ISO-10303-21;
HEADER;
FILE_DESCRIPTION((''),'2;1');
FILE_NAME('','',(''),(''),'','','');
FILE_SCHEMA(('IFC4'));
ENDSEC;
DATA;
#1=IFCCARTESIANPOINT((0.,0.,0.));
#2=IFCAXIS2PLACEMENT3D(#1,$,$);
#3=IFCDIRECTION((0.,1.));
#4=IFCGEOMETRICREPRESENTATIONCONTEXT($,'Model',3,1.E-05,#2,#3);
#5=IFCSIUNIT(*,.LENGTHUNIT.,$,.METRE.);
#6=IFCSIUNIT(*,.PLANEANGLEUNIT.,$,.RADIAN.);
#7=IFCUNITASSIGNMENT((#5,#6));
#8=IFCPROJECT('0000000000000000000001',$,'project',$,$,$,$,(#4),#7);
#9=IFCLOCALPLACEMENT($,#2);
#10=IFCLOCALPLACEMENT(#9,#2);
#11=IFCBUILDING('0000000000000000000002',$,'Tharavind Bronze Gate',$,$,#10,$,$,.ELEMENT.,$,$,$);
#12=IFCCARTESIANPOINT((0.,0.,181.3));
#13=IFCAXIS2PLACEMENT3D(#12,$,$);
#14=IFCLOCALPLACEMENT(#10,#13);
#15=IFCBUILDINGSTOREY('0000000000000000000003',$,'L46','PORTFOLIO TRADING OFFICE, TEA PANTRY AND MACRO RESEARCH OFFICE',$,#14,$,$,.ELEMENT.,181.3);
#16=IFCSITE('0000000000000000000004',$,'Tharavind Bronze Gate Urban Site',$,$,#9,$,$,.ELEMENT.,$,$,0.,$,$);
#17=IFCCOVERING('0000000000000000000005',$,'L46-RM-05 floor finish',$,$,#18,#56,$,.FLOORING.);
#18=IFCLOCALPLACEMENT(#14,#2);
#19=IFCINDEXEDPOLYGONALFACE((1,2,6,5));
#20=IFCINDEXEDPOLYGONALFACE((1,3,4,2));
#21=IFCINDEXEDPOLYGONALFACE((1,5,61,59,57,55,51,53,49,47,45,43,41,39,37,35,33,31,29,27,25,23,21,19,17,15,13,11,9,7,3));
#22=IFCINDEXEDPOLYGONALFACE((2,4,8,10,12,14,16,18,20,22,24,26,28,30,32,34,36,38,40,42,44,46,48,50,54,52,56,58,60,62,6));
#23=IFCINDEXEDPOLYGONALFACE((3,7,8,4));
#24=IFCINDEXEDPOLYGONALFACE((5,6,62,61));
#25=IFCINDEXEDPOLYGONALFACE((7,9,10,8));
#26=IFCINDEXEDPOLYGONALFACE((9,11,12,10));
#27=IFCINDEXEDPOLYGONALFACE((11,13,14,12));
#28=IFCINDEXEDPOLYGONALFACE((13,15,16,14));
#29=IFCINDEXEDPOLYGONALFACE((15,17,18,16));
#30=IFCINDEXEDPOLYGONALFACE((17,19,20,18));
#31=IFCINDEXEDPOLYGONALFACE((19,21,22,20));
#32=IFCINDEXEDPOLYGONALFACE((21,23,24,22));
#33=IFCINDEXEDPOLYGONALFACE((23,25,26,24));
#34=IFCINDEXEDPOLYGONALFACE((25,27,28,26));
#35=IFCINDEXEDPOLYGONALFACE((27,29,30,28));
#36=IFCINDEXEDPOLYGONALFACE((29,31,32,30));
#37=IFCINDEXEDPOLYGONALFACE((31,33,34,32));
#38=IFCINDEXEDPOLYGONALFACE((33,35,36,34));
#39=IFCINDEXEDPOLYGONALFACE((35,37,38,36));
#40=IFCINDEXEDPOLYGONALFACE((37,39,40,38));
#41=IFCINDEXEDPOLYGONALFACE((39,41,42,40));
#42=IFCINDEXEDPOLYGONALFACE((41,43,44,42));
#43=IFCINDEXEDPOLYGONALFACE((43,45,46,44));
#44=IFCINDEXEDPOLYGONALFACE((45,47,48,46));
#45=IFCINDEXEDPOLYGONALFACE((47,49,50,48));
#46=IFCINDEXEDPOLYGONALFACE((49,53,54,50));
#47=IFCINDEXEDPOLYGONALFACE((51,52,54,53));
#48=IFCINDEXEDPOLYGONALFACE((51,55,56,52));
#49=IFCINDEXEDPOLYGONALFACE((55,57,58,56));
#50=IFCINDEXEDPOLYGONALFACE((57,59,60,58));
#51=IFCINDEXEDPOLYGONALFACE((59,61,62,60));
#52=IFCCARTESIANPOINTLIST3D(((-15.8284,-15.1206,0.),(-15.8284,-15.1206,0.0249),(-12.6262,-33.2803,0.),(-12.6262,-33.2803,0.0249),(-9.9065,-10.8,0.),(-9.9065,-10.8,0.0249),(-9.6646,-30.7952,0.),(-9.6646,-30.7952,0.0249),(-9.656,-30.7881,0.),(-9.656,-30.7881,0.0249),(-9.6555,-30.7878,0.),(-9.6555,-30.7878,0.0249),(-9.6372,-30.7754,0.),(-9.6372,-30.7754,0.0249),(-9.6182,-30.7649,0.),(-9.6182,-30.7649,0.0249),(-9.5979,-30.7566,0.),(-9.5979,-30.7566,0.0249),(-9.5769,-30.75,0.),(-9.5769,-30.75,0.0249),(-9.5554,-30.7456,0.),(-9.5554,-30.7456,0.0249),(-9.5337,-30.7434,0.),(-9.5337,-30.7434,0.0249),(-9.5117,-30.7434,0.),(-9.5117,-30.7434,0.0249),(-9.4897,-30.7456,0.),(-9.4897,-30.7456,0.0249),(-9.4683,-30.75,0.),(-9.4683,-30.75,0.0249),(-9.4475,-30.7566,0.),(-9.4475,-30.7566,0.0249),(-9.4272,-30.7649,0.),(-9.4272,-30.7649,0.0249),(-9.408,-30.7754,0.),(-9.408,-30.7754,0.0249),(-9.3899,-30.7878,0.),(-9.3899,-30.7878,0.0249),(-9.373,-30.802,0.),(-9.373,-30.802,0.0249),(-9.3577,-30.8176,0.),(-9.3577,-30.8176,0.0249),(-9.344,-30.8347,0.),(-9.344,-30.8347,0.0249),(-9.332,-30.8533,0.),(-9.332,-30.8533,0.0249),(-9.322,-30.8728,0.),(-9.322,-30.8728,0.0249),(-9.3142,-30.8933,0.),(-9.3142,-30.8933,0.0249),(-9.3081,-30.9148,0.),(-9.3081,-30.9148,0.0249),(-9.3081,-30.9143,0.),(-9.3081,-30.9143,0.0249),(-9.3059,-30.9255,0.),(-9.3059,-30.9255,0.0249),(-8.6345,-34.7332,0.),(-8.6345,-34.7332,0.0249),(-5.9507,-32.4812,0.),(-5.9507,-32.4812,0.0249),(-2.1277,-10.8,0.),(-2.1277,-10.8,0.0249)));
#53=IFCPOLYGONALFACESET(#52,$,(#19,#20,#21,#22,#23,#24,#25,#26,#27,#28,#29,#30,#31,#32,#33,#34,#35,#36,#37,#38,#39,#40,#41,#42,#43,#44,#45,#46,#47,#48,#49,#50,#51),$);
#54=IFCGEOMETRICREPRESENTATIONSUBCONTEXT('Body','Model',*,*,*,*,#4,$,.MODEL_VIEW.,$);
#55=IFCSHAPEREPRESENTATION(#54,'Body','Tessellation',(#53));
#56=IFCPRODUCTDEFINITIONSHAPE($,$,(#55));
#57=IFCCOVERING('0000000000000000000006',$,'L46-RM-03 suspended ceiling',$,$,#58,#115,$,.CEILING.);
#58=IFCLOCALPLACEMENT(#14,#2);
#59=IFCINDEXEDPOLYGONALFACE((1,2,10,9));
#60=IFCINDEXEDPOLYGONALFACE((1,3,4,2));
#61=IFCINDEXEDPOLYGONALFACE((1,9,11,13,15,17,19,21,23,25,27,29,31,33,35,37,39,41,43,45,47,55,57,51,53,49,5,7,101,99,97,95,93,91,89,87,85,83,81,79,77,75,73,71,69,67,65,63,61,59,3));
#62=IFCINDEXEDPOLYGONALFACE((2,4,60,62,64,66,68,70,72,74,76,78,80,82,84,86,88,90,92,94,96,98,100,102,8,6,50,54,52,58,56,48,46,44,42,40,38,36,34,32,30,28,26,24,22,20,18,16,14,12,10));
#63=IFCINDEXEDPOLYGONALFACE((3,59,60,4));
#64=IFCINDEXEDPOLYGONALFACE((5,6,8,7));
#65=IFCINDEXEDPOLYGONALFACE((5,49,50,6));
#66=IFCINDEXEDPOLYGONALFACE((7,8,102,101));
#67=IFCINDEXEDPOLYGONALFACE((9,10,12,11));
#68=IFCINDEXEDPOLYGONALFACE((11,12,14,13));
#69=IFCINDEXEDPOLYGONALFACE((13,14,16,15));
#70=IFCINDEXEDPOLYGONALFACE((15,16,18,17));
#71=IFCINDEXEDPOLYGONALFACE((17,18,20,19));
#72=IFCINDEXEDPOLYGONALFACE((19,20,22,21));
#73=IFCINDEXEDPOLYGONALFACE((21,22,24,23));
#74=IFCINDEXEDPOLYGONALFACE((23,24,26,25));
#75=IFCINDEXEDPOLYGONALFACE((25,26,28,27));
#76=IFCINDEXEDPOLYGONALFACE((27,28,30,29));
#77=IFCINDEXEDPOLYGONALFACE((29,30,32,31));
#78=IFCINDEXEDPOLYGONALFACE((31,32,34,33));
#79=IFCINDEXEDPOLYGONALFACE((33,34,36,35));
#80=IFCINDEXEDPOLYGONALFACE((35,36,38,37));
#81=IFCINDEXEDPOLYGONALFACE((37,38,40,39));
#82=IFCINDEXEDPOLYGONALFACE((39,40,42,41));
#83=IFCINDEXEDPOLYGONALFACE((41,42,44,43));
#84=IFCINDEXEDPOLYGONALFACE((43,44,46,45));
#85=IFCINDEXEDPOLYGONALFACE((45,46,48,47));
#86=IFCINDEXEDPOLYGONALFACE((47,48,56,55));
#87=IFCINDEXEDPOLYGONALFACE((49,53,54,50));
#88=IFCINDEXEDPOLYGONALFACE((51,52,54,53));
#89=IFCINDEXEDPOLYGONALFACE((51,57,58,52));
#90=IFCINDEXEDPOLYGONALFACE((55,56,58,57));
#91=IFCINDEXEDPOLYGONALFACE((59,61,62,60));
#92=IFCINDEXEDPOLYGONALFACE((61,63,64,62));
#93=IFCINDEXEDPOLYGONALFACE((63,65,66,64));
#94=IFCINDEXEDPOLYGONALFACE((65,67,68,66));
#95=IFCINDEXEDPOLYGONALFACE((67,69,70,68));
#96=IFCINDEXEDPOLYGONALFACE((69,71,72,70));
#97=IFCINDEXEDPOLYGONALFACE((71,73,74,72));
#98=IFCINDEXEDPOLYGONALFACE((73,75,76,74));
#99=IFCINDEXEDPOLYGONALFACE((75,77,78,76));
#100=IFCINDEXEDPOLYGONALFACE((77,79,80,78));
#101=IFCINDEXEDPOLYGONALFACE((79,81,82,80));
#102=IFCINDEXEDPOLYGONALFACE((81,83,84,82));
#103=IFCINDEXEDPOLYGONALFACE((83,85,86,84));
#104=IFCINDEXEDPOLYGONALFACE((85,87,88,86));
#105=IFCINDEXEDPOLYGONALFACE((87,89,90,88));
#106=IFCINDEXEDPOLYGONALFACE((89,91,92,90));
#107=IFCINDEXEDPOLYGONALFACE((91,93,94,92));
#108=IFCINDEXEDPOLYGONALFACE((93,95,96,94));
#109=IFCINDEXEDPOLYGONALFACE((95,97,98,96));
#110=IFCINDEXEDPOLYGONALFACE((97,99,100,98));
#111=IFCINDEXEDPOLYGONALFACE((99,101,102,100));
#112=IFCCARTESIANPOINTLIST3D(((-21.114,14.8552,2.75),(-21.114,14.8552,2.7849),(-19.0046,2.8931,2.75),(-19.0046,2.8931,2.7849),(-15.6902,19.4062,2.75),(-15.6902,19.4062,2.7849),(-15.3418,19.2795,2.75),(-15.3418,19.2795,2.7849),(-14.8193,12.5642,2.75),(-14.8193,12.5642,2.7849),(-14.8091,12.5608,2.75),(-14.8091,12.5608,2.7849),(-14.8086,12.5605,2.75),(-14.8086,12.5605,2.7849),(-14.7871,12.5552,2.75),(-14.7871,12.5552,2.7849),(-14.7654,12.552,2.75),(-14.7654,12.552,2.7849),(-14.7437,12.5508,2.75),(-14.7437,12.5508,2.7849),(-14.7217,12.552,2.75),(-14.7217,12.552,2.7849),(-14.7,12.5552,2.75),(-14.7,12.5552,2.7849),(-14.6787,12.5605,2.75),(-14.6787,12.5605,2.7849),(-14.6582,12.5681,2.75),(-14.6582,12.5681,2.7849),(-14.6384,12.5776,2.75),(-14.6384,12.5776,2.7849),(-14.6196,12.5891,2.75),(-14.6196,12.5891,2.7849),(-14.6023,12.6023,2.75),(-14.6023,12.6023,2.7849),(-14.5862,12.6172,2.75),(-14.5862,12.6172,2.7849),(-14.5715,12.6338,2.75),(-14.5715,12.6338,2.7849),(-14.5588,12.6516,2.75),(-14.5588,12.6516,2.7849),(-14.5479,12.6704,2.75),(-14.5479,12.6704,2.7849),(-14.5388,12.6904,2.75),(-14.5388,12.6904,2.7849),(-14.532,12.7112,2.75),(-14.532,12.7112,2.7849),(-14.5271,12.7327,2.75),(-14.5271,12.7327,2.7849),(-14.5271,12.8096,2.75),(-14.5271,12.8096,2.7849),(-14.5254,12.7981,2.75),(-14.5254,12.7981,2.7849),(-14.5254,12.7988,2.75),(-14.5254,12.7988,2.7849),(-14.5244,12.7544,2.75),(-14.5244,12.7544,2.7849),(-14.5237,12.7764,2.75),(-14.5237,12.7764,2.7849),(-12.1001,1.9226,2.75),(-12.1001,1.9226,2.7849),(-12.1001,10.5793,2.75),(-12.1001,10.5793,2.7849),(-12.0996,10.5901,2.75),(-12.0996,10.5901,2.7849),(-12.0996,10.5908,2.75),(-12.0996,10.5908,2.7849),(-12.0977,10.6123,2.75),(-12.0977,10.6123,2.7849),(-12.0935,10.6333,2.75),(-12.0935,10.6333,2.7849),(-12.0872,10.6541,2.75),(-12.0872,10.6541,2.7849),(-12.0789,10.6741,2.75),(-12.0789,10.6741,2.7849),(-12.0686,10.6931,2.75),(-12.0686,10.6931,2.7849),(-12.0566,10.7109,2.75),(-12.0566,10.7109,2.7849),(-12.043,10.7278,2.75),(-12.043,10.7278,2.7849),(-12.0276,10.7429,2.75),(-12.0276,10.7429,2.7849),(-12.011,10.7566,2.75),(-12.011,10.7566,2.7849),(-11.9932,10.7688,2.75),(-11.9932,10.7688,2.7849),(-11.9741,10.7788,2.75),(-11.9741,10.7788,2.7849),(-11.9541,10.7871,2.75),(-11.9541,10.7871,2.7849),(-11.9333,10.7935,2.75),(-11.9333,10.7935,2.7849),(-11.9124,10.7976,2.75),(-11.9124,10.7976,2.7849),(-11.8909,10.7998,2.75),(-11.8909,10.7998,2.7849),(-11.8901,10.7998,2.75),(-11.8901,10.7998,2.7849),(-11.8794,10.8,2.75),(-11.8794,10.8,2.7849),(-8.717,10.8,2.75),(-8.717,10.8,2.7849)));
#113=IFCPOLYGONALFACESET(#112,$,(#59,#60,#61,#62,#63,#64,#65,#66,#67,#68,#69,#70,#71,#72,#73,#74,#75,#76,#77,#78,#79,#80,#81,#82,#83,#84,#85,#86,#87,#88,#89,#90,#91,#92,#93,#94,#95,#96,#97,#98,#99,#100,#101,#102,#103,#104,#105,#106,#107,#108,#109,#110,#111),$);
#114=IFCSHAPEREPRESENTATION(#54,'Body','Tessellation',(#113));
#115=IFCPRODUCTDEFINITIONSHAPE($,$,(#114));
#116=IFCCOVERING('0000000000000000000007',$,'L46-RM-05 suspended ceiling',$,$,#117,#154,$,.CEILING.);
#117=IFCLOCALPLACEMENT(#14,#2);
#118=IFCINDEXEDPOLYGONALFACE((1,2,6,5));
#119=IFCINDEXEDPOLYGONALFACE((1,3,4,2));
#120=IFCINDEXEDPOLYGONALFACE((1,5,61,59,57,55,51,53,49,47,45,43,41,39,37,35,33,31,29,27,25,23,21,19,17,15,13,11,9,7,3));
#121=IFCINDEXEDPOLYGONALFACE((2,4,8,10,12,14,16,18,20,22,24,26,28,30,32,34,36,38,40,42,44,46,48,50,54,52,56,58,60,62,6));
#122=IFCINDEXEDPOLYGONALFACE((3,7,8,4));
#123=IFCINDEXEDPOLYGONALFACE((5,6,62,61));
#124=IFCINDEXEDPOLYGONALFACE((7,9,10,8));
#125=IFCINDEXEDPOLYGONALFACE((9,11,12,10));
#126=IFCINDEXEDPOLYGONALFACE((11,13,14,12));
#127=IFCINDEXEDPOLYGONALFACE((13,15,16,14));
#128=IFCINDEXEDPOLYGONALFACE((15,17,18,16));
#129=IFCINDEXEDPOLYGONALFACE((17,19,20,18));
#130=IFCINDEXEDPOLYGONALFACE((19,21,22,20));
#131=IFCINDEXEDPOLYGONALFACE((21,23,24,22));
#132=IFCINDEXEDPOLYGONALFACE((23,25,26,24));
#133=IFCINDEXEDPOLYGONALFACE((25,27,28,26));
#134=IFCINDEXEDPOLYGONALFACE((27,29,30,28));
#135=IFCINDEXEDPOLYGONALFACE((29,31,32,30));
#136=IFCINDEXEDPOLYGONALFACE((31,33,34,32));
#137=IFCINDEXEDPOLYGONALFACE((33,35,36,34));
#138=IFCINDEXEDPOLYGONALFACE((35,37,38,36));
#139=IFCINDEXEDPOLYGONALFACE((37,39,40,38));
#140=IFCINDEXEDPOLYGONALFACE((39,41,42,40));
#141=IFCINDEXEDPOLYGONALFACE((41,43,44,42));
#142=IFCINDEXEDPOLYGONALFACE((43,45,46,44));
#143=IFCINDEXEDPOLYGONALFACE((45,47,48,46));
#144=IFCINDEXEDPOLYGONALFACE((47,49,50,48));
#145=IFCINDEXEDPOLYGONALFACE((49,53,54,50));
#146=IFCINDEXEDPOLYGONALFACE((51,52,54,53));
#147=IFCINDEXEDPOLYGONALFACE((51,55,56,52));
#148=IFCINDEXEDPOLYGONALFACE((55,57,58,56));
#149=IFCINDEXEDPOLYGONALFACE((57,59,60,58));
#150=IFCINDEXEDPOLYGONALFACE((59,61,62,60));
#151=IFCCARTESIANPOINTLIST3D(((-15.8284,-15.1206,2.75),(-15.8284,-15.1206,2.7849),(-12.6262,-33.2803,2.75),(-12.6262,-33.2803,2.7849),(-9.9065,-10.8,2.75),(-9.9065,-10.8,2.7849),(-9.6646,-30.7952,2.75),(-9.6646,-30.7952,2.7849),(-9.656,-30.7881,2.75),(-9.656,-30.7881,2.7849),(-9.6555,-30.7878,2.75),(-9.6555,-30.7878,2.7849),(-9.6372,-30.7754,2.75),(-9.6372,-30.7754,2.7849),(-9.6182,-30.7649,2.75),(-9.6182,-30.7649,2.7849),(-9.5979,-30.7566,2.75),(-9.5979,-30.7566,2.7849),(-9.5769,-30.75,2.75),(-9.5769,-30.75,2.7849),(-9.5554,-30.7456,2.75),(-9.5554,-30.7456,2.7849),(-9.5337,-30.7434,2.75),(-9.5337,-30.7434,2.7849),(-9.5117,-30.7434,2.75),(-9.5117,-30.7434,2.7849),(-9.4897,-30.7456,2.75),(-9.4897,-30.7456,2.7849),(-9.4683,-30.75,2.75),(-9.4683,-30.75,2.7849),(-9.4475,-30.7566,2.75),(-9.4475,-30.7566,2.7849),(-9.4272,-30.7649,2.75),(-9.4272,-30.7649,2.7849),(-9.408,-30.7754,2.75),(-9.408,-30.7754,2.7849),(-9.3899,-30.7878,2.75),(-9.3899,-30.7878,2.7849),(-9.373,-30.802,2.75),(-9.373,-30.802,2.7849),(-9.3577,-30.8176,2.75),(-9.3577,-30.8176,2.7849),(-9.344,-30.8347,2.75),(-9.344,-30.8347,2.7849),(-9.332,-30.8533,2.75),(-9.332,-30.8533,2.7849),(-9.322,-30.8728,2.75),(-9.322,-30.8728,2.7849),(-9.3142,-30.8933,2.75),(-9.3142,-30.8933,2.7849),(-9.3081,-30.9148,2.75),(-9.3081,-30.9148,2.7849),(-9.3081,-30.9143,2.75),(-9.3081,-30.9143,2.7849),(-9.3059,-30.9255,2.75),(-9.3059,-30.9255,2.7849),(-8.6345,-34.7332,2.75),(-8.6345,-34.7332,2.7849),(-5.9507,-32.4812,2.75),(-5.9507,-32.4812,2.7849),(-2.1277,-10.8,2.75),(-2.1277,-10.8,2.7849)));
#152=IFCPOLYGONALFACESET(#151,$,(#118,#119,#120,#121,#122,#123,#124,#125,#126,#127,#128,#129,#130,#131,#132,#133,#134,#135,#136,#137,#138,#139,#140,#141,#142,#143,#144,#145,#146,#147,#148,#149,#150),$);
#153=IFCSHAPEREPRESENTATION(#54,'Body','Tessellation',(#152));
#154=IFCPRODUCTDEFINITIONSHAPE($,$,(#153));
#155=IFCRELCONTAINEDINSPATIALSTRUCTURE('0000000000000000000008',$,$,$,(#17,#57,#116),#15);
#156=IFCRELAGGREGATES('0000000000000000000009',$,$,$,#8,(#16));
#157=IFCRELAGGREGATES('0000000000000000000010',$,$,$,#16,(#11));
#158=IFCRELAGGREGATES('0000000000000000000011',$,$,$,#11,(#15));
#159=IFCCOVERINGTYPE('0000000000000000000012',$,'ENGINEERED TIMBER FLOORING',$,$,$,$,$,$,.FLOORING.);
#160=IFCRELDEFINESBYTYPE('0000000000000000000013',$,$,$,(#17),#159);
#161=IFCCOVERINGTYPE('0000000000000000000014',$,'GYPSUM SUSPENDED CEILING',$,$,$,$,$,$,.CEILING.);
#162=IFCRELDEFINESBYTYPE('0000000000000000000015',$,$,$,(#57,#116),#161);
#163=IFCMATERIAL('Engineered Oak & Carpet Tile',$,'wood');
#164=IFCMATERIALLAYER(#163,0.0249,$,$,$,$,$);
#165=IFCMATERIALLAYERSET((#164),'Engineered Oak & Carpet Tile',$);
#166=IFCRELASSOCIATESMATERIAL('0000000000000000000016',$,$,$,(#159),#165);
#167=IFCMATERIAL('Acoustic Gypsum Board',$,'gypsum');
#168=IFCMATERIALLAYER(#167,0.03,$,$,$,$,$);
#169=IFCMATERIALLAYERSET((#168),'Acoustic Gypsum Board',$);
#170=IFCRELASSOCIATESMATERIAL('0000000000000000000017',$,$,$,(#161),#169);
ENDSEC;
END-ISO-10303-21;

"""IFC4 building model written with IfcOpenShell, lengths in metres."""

from ifc_helpers import new_model, si_unit, direction, frame, origin, place, context, subcontext, project, spatial, polyline, outline, extrude, material, layer, layer_set, type_object, element, save


model = new_model("IFC4")

# Units and contexts
model_context = context("Model", 3, precision=1e-05, world=origin(), true_north=direction((0.0, 1.0)))
body_context = subcontext(model_context, "Body", "Model", "MODEL_VIEW")
ifc_project = project(units=[si_unit("LENGTHUNIT", "METRE"), si_unit("PLANEANGLEUNIT", "RADIAN")], contexts=[model_context])

# Site, building, storey
site_placement = place(None, origin())
site = spatial("IfcSite", under=ifc_project, at=site_placement, Name="Tharavind Bronze Gate Urban Site", CompositionType="ELEMENT", RefElevation=0.0)
building_placement = place(site_placement, origin())
building = spatial("IfcBuilding", under=site, at=building_placement, Name="Tharavind Bronze Gate", CompositionType="ELEMENT")
storey_placement = place(building_placement, frame((0.0, 0.0, 181.3)))
storey = spatial("IfcBuildingStorey", under=building, at=storey_placement, Name="L46", Description="PORTFOLIO TRADING OFFICE, TEA PANTRY AND MACRO RESEARCH OFFICE", CompositionType="ELEMENT", Elevation=181.3)

# Coverings
ifc_material_1 = material(Name="Engineered Oak & Carpet Tile", Category="wood")
ifc_layer_1 = layer(ifc_material_1, 0.0249)
ifc_layer_set_1 = layer_set([ifc_layer_1], Name="Engineered Oak & Carpet Tile")
covering_type_1 = type_object("IfcCoveringType", Name="ENGINEERED TIMBER FLOORING", PredefinedType="FLOORING", material=ifc_layer_set_1)
covering_1_placement = place(storey_placement, origin())
element("IfcCovering", 1, at=covering_1_placement, inside=storey, type_object=covering_type_1, Name="L46-RM-05 floor finish", PredefinedType="FLOORING", context=body_context, shape_type="SweptSolid", body=[
    extrude(outline(polyline([(-12.6262, -33.2803), (-9.6646, -30.7952), (-9.656, -30.7881), (-9.6555, -30.7878), (-9.6372, -30.7754), (-9.6182, -30.7649), (-9.5979, -30.7566), (-9.5769, -30.75), (-9.5554, -30.7456), (-9.5337, -30.7434), (-9.5117, -30.7434), (-9.4897, -30.7456), (-9.4683, -30.75), (-9.4475, -30.7566), (-9.4272, -30.7649), (-9.408, -30.7754), (-9.3899, -30.7878), (-9.373, -30.802), (-9.3577, -30.8176), (-9.344, -30.8347), (-9.332, -30.8533), (-9.322, -30.8728), (-9.3142, -30.8933), (-9.3081, -30.9143), (-9.3081, -30.9148), (-9.3059, -30.9255), (-8.6345, -34.7332), (-5.9507, -32.4812), (-2.1277, -10.8), (-9.9065, -10.8), (-15.8284, -15.1206), (-12.6262, -33.2803)])), origin(), (0.0, 0.0, 1.0), 0.0249),
])
ifc_material_2 = material(Name="Acoustic Gypsum Board", Category="gypsum")
ifc_layer_2 = layer(ifc_material_2, 0.03)
ifc_layer_set_2 = layer_set([ifc_layer_2], Name="Acoustic Gypsum Board")
covering_type_2 = type_object("IfcCoveringType", Name="GYPSUM SUSPENDED CEILING", PredefinedType="CEILING", material=ifc_layer_set_2)
covering_2_placement = place(storey_placement, frame((0.0, 0.0, 2.75)))
element("IfcCovering", 2, at=covering_2_placement, inside=storey, type_object=covering_type_2, Name="L46-RM-03 suspended ceiling", PredefinedType="CEILING", context=body_context, shape_type="SweptSolid", body=[
    extrude(outline(polyline([(-19.0046, 2.8931), (-12.1001, 1.9226), (-12.1001, 10.5793), (-12.0996, 10.5901), (-12.0996, 10.5908), (-12.0977, 10.6123), (-12.0935, 10.6333), (-12.0872, 10.6541), (-12.0789, 10.6741), (-12.0686, 10.6931), (-12.0566, 10.7109), (-12.043, 10.7278), (-12.0276, 10.7429), (-12.011, 10.7566), (-11.9932, 10.7688), (-11.9741, 10.7788), (-11.9541, 10.7871), (-11.9333, 10.7935), (-11.9124, 10.7976), (-11.8909, 10.7998), (-11.8901, 10.7998), (-11.8794, 10.8), (-8.717, 10.8), (-15.3418, 19.2795), (-15.6902, 19.4062), (-14.5271, 12.8096), (-14.5254, 12.7988), (-14.5254, 12.7981), (-14.5237, 12.7764), (-14.5244, 12.7544), (-14.5271, 12.7327), (-14.532, 12.7112), (-14.5388, 12.6904), (-14.5479, 12.6704), (-14.5588, 12.6516), (-14.5715, 12.6338), (-14.5862, 12.6172), (-14.6023, 12.6023), (-14.6196, 12.5891), (-14.6384, 12.5776), (-14.6582, 12.5681), (-14.6787, 12.5605), (-14.7, 12.5552), (-14.7217, 12.552), (-14.7437, 12.5508), (-14.7654, 12.552), (-14.7871, 12.5552), (-14.8086, 12.5605), (-14.8091, 12.5608), (-14.8193, 12.5642), (-21.114, 14.8552), (-19.0046, 2.8931)])), origin(), (0.0, 0.0, 1.0), 0.0349),
])
covering_3_placement = place(storey_placement, frame((0.0, 0.0, 2.75)))
element("IfcCovering", 3, at=covering_3_placement, inside=storey, type_object=covering_type_2, Name="L46-RM-05 suspended ceiling", PredefinedType="CEILING", context=body_context, shape_type="SweptSolid", body=[
    extrude(outline(polyline([(-12.6262, -33.2803), (-9.6646, -30.7952), (-9.656, -30.7881), (-9.6555, -30.7878), (-9.6372, -30.7754), (-9.6182, -30.7649), (-9.5979, -30.7566), (-9.5769, -30.75), (-9.5554, -30.7456), (-9.5337, -30.7434), (-9.5117, -30.7434), (-9.4897, -30.7456), (-9.4683, -30.75), (-9.4475, -30.7566), (-9.4272, -30.7649), (-9.408, -30.7754), (-9.3899, -30.7878), (-9.373, -30.802), (-9.3577, -30.8176), (-9.344, -30.8347), (-9.332, -30.8533), (-9.322, -30.8728), (-9.3142, -30.8933), (-9.3081, -30.9143), (-9.3081, -30.9148), (-9.3059, -30.9255), (-8.6345, -34.7332), (-5.9507, -32.4812), (-2.1277, -10.8), (-9.9065, -10.8), (-15.8284, -15.1206), (-12.6262, -33.2803)])), origin(), (0.0, 0.0, 1.0), 0.0349),
])

save(model, "model.ifc")
